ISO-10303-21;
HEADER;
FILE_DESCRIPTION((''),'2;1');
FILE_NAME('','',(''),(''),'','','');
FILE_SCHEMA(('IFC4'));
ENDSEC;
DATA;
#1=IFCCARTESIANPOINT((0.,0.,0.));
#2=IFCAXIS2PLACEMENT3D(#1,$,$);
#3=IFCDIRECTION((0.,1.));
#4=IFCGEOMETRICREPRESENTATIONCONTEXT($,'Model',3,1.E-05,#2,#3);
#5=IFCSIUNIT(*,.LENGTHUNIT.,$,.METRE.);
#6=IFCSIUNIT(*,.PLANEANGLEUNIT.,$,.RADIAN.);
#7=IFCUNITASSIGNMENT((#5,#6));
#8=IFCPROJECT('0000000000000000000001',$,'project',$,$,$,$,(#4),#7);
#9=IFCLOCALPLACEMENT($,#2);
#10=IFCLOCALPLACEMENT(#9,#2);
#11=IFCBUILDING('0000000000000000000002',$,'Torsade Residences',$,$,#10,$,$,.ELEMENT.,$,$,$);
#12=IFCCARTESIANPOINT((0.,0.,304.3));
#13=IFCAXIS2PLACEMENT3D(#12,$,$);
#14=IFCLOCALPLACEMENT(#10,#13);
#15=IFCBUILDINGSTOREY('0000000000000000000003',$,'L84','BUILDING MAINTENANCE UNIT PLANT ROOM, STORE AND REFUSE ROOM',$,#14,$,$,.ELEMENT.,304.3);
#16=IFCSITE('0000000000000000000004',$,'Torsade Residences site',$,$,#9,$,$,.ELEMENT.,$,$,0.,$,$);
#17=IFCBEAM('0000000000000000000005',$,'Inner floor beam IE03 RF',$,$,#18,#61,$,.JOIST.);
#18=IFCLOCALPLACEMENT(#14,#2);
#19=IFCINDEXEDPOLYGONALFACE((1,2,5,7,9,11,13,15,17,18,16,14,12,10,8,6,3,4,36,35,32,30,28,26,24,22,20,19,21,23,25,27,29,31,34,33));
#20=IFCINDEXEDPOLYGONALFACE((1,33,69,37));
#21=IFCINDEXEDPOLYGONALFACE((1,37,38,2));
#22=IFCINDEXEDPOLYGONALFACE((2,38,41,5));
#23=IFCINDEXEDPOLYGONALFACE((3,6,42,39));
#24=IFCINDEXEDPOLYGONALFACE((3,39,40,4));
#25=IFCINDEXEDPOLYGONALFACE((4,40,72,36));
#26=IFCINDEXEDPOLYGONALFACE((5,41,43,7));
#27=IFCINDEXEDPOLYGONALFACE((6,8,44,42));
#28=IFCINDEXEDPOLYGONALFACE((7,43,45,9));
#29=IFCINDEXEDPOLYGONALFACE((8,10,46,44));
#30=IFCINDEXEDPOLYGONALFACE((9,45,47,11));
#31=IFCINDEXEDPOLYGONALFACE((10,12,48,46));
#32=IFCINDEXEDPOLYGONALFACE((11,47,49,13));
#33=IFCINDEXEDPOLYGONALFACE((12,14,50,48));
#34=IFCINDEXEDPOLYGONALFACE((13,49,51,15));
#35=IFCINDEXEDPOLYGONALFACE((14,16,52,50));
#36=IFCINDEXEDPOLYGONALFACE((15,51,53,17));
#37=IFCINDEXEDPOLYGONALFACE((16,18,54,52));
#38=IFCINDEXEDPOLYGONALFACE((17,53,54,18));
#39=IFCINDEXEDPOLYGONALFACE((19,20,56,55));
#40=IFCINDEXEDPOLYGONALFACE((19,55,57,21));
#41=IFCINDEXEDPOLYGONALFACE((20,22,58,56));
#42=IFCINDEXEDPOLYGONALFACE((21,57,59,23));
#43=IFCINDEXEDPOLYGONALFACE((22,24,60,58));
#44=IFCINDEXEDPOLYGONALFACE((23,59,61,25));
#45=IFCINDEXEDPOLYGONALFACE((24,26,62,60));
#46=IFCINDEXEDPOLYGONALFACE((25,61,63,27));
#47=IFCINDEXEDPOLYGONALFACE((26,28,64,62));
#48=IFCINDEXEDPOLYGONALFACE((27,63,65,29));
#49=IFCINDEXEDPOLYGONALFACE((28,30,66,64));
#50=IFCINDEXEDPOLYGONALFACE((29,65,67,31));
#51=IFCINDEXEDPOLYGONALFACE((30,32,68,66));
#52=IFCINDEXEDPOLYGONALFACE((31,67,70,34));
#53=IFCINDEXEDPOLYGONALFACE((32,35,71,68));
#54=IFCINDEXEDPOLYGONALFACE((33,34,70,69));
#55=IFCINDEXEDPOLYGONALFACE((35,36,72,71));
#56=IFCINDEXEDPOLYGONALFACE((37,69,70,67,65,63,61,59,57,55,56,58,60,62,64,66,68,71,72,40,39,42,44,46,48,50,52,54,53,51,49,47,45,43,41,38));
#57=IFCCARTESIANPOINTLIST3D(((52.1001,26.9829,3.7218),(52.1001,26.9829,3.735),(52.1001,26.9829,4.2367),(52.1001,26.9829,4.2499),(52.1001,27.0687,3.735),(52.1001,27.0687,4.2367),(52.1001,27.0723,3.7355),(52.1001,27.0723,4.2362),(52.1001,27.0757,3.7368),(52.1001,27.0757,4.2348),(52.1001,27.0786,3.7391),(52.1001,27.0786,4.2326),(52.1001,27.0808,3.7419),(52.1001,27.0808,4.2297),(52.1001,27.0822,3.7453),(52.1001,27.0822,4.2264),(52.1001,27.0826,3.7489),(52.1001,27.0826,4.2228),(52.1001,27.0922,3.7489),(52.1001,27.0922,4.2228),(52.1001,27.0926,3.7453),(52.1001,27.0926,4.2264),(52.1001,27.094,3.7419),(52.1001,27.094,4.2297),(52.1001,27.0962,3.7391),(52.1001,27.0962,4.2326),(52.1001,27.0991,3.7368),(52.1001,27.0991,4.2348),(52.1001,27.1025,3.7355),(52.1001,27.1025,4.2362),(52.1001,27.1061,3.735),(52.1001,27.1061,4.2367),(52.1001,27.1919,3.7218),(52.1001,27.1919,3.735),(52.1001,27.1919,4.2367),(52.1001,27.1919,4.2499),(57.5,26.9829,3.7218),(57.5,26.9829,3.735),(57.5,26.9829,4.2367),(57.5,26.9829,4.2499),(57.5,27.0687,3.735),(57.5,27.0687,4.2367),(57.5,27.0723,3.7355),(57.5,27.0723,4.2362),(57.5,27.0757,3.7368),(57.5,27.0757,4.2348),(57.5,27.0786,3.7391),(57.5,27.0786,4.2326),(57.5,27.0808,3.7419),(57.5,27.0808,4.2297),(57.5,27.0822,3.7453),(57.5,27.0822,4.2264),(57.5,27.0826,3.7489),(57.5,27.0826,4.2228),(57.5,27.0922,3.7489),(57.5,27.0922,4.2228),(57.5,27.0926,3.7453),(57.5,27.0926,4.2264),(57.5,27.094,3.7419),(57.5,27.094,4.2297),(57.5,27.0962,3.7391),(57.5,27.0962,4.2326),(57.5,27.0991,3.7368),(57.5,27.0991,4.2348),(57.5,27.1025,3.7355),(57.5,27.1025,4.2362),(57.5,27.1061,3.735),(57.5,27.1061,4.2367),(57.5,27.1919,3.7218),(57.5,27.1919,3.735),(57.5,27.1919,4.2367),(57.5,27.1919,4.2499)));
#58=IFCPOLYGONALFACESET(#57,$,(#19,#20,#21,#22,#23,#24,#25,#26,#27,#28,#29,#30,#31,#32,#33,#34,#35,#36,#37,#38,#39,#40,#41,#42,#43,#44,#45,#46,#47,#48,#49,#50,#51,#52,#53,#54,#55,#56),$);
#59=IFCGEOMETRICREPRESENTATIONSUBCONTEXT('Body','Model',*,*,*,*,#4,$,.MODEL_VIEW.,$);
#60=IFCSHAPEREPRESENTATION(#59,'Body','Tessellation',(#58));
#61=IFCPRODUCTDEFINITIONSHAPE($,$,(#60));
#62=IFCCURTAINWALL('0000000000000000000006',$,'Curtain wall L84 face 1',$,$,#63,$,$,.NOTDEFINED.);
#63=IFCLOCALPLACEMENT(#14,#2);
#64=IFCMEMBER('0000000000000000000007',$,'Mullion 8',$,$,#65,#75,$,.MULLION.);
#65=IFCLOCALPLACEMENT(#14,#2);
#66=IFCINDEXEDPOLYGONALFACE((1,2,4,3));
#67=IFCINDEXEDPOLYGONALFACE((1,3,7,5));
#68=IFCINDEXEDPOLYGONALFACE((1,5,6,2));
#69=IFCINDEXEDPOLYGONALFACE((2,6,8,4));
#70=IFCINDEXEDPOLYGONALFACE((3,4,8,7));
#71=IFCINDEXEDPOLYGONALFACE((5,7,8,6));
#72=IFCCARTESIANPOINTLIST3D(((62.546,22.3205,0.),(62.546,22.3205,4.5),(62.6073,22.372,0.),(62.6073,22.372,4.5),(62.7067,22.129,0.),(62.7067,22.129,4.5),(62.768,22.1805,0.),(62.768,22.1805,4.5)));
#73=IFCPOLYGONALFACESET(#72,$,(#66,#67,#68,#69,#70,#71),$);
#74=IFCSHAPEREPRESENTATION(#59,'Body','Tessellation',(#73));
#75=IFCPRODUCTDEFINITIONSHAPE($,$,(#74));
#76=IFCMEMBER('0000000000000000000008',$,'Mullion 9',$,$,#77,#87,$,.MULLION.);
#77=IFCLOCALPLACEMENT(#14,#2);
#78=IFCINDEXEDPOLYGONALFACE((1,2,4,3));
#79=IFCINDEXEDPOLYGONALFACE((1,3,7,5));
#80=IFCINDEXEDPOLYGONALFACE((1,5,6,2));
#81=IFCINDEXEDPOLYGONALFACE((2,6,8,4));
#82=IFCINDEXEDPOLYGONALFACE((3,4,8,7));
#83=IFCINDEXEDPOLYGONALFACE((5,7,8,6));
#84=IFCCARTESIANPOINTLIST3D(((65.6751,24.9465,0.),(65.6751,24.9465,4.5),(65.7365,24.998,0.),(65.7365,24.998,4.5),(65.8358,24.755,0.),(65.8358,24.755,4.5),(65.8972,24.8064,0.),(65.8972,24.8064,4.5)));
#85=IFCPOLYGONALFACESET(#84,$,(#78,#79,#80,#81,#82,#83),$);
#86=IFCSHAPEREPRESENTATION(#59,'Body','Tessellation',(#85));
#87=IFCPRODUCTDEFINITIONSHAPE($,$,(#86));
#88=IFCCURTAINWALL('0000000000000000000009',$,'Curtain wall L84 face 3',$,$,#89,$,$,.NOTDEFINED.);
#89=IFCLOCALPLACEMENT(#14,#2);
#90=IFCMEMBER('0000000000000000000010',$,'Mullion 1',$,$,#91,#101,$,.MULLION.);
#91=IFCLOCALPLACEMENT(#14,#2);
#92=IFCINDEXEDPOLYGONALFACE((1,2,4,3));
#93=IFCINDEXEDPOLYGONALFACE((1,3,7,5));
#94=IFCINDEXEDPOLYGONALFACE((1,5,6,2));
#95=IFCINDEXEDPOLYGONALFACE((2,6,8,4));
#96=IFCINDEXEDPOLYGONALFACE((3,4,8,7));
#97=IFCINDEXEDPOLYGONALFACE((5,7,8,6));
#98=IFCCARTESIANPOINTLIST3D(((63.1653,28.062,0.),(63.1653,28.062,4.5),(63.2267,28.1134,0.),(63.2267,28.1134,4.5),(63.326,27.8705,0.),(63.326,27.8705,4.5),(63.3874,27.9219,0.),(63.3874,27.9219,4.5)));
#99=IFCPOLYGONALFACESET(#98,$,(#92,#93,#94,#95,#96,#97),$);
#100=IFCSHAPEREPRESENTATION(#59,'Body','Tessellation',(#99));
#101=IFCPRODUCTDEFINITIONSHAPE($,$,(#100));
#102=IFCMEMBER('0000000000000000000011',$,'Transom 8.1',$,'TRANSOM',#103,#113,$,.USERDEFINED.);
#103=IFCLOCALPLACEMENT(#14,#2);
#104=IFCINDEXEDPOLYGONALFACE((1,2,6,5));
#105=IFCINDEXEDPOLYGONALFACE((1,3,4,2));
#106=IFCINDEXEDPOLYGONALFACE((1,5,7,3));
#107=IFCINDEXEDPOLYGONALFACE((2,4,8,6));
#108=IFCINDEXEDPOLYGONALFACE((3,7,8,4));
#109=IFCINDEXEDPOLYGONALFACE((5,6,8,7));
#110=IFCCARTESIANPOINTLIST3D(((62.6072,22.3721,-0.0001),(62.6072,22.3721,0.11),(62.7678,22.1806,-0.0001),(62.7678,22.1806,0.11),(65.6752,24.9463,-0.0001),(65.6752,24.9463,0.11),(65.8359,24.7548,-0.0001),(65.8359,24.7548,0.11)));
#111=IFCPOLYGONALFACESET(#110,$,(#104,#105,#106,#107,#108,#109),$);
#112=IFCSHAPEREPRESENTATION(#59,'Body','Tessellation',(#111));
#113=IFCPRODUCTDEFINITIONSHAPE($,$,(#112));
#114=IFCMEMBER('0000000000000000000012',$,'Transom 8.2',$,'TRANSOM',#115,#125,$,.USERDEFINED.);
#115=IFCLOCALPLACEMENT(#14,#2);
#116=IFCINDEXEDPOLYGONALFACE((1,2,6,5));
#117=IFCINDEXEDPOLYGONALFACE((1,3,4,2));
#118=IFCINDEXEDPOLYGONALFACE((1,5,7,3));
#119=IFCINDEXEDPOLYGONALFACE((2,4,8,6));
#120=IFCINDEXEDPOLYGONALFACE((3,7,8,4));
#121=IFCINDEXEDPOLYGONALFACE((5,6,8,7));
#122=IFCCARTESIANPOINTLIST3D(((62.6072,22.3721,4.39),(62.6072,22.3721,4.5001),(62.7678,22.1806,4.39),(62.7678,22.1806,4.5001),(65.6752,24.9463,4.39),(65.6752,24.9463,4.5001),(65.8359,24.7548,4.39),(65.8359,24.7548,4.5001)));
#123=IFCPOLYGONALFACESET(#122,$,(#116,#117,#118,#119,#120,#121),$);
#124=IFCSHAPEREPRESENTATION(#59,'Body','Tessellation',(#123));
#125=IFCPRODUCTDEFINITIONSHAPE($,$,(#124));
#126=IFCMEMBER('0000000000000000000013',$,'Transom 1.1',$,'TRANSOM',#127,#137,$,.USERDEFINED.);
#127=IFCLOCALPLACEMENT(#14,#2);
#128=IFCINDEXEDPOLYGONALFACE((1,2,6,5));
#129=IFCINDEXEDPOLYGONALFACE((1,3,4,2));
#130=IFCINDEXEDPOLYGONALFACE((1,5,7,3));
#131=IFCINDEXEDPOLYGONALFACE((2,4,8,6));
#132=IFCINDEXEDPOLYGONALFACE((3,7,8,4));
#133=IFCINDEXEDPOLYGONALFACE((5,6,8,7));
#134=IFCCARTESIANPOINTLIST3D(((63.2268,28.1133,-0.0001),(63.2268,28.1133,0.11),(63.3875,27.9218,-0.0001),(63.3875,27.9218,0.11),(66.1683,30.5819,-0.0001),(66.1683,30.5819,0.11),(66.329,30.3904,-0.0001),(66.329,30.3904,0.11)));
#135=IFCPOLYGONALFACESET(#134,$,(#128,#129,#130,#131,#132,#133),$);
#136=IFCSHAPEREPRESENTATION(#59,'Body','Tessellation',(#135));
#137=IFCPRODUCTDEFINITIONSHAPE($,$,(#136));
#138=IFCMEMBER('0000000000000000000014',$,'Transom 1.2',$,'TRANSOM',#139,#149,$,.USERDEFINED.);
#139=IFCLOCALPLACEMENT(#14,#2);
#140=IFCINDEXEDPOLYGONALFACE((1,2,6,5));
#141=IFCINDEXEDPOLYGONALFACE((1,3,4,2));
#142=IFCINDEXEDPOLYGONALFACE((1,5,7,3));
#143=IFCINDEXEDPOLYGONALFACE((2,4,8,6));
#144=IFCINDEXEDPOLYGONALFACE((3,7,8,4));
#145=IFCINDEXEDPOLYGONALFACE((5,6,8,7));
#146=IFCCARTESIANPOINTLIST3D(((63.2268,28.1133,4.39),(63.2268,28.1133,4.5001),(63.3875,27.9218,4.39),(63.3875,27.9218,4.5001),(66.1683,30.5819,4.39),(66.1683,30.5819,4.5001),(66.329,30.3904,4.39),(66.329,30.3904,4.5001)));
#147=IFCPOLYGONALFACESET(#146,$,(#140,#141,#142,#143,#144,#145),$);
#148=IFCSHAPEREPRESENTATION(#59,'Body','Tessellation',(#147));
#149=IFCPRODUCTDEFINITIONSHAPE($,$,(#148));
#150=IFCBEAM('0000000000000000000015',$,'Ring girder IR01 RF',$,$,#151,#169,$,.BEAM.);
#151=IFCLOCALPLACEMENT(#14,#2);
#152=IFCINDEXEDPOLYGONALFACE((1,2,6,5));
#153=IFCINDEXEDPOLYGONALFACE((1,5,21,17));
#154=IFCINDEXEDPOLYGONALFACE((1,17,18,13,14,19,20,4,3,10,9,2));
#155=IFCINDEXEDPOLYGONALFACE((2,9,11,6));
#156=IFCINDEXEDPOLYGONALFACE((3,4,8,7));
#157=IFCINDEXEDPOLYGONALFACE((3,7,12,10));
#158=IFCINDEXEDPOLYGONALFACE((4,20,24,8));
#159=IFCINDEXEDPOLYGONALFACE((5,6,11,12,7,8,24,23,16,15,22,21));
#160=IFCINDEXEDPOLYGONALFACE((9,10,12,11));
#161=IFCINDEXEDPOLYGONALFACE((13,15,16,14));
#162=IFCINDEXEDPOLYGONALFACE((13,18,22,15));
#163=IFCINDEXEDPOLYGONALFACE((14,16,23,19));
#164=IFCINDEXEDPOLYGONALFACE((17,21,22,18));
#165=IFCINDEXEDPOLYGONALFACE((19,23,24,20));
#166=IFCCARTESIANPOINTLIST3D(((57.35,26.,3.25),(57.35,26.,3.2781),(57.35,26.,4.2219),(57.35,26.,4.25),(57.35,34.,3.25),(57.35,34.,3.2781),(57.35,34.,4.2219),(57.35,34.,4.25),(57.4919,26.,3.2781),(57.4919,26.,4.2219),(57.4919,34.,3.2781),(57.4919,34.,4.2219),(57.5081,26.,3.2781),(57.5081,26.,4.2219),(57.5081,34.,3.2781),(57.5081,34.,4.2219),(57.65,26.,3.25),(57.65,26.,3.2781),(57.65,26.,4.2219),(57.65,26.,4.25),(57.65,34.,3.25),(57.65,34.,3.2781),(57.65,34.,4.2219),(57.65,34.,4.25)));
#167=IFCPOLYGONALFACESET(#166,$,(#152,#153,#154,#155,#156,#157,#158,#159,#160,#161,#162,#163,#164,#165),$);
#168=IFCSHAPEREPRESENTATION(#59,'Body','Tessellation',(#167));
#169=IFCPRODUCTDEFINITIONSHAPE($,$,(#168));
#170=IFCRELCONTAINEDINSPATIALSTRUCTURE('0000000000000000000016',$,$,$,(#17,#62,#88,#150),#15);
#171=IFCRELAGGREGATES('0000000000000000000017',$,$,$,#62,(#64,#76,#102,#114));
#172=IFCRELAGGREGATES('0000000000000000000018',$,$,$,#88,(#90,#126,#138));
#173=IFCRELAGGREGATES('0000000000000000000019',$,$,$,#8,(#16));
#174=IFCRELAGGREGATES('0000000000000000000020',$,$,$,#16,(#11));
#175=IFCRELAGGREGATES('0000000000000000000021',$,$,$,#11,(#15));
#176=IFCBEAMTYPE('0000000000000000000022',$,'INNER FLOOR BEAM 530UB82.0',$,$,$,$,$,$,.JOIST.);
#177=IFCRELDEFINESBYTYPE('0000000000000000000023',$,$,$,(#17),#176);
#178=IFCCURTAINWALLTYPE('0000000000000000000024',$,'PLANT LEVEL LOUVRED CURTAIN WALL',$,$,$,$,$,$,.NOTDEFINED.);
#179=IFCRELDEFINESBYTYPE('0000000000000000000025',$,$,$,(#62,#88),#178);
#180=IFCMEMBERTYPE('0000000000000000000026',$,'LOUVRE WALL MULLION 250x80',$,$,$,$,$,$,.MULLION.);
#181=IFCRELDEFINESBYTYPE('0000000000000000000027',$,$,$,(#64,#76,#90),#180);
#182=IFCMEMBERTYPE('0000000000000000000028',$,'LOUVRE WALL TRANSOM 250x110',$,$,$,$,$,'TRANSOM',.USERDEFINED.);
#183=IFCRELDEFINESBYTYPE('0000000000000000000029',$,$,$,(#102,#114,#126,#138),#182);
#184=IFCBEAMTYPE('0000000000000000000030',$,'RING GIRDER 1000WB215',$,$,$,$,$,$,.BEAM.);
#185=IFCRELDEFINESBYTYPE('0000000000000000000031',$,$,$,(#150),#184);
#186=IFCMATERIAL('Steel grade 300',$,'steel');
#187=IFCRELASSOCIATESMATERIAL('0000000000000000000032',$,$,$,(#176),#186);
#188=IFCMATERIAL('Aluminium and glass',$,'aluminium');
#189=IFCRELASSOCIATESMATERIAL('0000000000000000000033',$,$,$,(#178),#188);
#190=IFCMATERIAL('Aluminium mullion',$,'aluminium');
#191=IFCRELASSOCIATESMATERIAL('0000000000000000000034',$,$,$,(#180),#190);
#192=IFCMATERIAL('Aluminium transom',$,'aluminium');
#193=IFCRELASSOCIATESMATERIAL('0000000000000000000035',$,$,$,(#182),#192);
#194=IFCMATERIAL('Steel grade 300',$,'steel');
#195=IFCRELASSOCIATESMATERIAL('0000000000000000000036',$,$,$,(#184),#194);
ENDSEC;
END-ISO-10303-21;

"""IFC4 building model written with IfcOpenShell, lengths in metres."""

from ifc_helpers import new_model, si_unit, direction, frame, origin, origin_2d, place, context, subcontext, project, spatial, rectangle, i_section, extrude, material, material_profile, profile_set, type_object, element, aggregate, save


model = new_model("IFC4")

# Units and contexts
model_context = context("Model", 3, precision=1e-05, world=origin(), true_north=direction((0.0, 1.0)))
body_context = subcontext(model_context, "Body", "Model", "MODEL_VIEW")
ifc_project = project(units=[si_unit("LENGTHUNIT", "METRE"), si_unit("PLANEANGLEUNIT", "RADIAN")], contexts=[model_context])

# Site, building, storey
site_placement = place(None, origin())
site = spatial("IfcSite", under=ifc_project, at=site_placement, Name="Torsade Residences site", CompositionType="ELEMENT", RefElevation=0.0)
building_placement = place(site_placement, origin())
building = spatial("IfcBuilding", under=site, at=building_placement, Name="Torsade Residences", CompositionType="ELEMENT")
storey_placement = place(building_placement, frame((0.0, 0.0, 304.3)))
storey = spatial("IfcBuildingStorey", under=building, at=storey_placement, Name="L84", Description="BUILDING MAINTENANCE UNIT PLANT ROOM, STORE AND REFUSE ROOM", CompositionType="ELEMENT", Elevation=304.3)

# Beam
ifc_material_1 = material(Name="Steel grade 300", Category="steel")
ifc_material_profile_1 = material_profile(ifc_material_1, i_section(OverallWidth=0.209, OverallDepth=0.5281, WebThickness=0.0095, FlangeThickness=0.0132, FilletRadius=0.0139, at=origin_2d()), Name="530UB82.0")
ifc_profile_set_1 = profile_set([ifc_material_profile_1], Name="Steel grade 300")
beam_type_1 = type_object("IfcBeamType", Name="INNER FLOOR BEAM 530UB82.0", PredefinedType="JOIST", material=ifc_profile_set_1)
beam_1_placement = place(storey_placement, frame((52.1001, 27.0874, 3.9858), z_axis=(1.0, 0.0, 0.0), x_axis=(0.0, 1.0, 0.0)))
element("IfcBeam", 1, at=beam_1_placement, inside=storey, type_object=beam_type_1, Name="Inner floor beam IE03 RF", PredefinedType="JOIST", context=body_context, shape_type="SweptSolid", body=[
    extrude(i_section(OverallWidth=0.209, OverallDepth=0.5281, WebThickness=0.0095, FlangeThickness=0.0132, FilletRadius=0.0139, at=origin_2d()), origin(), (0.0, 0.0, 1.0), 5.3999),
])

# Curtain wall, members
ifc_material_2 = material(Name="Aluminium and glass", Category="aluminium")
curtain_wall_type = type_object("IfcCurtainWallType", Name="PLANT LEVEL LOUVRED CURTAIN WALL", PredefinedType="NOTDEFINED", material=ifc_material_2)
curtain_wall_1_placement = place(storey_placement, origin())
curtain_wall_1 = element("IfcCurtainWall", 2, at=curtain_wall_1_placement, inside=storey, type_object=curtain_wall_type, Name="Curtain wall L84 face 1", PredefinedType="NOTDEFINED")
ifc_material_3 = material(Name="Aluminium mullion", Category="aluminium")
ifc_material_profile_2 = material_profile(ifc_material_3, rectangle(XDim=0.25, YDim=0.0801, at=origin_2d()), Name="LOUVRE WALL MULLION 250x80")
ifc_profile_set_2 = profile_set([ifc_material_profile_2], Name="Aluminium mullion")
member_type_1 = type_object("IfcMemberType", Name="LOUVRE WALL MULLION 250x80", PredefinedType="MULLION", material=ifc_profile_set_2)
member_1_placement = place(storey_placement, frame((62.657, 22.2505, 0.0), z_axis=(0.0, 0.0, 1.0), x_axis=(-0.642788, 0.766044, 0.0)))
member_1 = element("IfcMember", 3, at=member_1_placement, type_object=member_type_1, Name="Mullion 8", PredefinedType="MULLION", context=body_context, shape_type="SweptSolid", body=[
    extrude(rectangle(XDim=0.25, YDim=0.0801, at=origin_2d()), origin(), (0.0, 0.0, 1.0), 4.5),
])
member_2_placement = place(storey_placement, frame((65.7861, 24.8765, 0.0), z_axis=(0.0, 0.0, 1.0), x_axis=(-0.642788, 0.766044, 0.0)))
member_2 = element("IfcMember", 4, at=member_2_placement, type_object=member_type_1, Name="Mullion 9", PredefinedType="MULLION", context=body_context, shape_type="SweptSolid", body=[
    extrude(rectangle(XDim=0.25, YDim=0.0801, at=origin_2d()), origin(), (0.0, 0.0, 1.0), 4.5),
])

# Curtain wall, member
curtain_wall_2_placement = place(storey_placement, origin())
curtain_wall_2 = element("IfcCurtainWall", 5, at=curtain_wall_2_placement, inside=storey, type_object=curtain_wall_type, Name="Curtain wall L84 face 3", PredefinedType="NOTDEFINED")
member_3_placement = place(storey_placement, frame((63.2764, 27.9919, 0.0), z_axis=(0.0, 0.0, 1.0), x_axis=(-0.642788, 0.766044, 0.0)))
member_3 = element("IfcMember", 6, at=member_3_placement, type_object=member_type_1, Name="Mullion 1", PredefinedType="MULLION", context=body_context, shape_type="SweptSolid", body=[
    extrude(rectangle(XDim=0.25, YDim=0.0801, at=origin_2d()), origin(), (0.0, 0.0, 1.0), 4.5),
])

# Members
ifc_material_4 = material(Name="Aluminium transom", Category="aluminium")
ifc_material_profile_3 = material_profile(ifc_material_4, rectangle(XDim=0.25, YDim=0.1101, at=origin_2d()), Name="LOUVRE WALL TRANSOM 250x110")
ifc_profile_set_3 = profile_set([ifc_material_profile_3], Name="Aluminium transom")
member_type_2 = type_object("IfcMemberType", Name="LOUVRE WALL TRANSOM 250x110", ElementType="TRANSOM", PredefinedType="USERDEFINED", material=ifc_profile_set_3)
member_4_placement = place(storey_placement, frame((62.6875, 22.2764, 0.0549), z_axis=(0.766073, 0.642753, 0.0), x_axis=(-0.642753, 0.766073, 0.0)))
member_4 = element("IfcMember", 7, at=member_4_placement, type_object=member_type_2, Name="Transom 8.1", ObjectType="TRANSOM", PredefinedType="USERDEFINED", context=body_context, shape_type="SweptSolid", body=[
    extrude(rectangle(XDim=0.25, YDim=0.1101, at=origin_2d()), origin(), (0.0, 0.0, 1.0), 4.0049),
])
member_5_placement = place(storey_placement, frame((62.6875, 22.2764, 4.4451), z_axis=(0.766073, 0.642753, 0.0), x_axis=(-0.642753, 0.766073, 0.0)))
member_5 = element("IfcMember", 8, at=member_5_placement, type_object=member_type_2, Name="Transom 8.2", ObjectType="TRANSOM", PredefinedType="USERDEFINED", context=body_context, shape_type="SweptSolid", body=[
    extrude(rectangle(XDim=0.25, YDim=0.1101, at=origin_2d()), origin(), (0.0, 0.0, 1.0), 4.0049),
])
member_6_placement = place(storey_placement, frame((63.3071, 28.0176, 0.0549), z_axis=(0.765997, 0.642845, 0.0), x_axis=(-0.642845, 0.765997, 0.0)))
member_6 = element("IfcMember", 9, at=member_6_placement, type_object=member_type_2, Name="Transom 1.1", ObjectType="TRANSOM", PredefinedType="USERDEFINED", context=body_context, shape_type="SweptSolid", body=[
    extrude(rectangle(XDim=0.25, YDim=0.1101, at=origin_2d()), origin(), (0.0, 0.0, 1.0), 3.8401),
])
member_7_placement = place(storey_placement, frame((63.3071, 28.0176, 4.4451), z_axis=(0.765997, 0.642845, 0.0), x_axis=(-0.642845, 0.765997, 0.0)))
member_7 = element("IfcMember", 10, at=member_7_placement, type_object=member_type_2, Name="Transom 1.2", ObjectType="TRANSOM", PredefinedType="USERDEFINED", context=body_context, shape_type="SweptSolid", body=[
    extrude(rectangle(XDim=0.25, YDim=0.1101, at=origin_2d()), origin(), (0.0, 0.0, 1.0), 3.8401),
])

# Beam
ifc_material_5 = material(Name="Steel grade 300", Category="steel")
ifc_material_profile_4 = material_profile(ifc_material_5, i_section(OverallWidth=0.3, OverallDepth=1.0, WebThickness=0.0161, FlangeThickness=0.0281, at=origin_2d()), Name="1000WB215")
ifc_profile_set_4 = profile_set([ifc_material_profile_4], Name="Steel grade 300")
beam_type_2 = type_object("IfcBeamType", Name="RING GIRDER 1000WB215", PredefinedType="BEAM", material=ifc_profile_set_4)
beam_2_placement = place(storey_placement, frame((57.5, 26.0, 3.75), z_axis=(0.0, 1.0, 0.0), x_axis=(-1.0, 0.0, 0.0)))
element("IfcBeam", 11, at=beam_2_placement, inside=storey, type_object=beam_type_2, Name="Ring girder IR01 RF", PredefinedType="BEAM", context=body_context, shape_type="SweptSolid", body=[
    extrude(i_section(OverallWidth=0.3, OverallDepth=1.0, WebThickness=0.0161, FlangeThickness=0.0281, at=origin_2d()), origin(), (0.0, 0.0, 1.0), 8.0),
])

aggregate(curtain_wall_1, [member_1, member_2, member_4, member_5])
aggregate(curtain_wall_2, [member_3, member_6, member_7])

save(model, "model.ifc")
